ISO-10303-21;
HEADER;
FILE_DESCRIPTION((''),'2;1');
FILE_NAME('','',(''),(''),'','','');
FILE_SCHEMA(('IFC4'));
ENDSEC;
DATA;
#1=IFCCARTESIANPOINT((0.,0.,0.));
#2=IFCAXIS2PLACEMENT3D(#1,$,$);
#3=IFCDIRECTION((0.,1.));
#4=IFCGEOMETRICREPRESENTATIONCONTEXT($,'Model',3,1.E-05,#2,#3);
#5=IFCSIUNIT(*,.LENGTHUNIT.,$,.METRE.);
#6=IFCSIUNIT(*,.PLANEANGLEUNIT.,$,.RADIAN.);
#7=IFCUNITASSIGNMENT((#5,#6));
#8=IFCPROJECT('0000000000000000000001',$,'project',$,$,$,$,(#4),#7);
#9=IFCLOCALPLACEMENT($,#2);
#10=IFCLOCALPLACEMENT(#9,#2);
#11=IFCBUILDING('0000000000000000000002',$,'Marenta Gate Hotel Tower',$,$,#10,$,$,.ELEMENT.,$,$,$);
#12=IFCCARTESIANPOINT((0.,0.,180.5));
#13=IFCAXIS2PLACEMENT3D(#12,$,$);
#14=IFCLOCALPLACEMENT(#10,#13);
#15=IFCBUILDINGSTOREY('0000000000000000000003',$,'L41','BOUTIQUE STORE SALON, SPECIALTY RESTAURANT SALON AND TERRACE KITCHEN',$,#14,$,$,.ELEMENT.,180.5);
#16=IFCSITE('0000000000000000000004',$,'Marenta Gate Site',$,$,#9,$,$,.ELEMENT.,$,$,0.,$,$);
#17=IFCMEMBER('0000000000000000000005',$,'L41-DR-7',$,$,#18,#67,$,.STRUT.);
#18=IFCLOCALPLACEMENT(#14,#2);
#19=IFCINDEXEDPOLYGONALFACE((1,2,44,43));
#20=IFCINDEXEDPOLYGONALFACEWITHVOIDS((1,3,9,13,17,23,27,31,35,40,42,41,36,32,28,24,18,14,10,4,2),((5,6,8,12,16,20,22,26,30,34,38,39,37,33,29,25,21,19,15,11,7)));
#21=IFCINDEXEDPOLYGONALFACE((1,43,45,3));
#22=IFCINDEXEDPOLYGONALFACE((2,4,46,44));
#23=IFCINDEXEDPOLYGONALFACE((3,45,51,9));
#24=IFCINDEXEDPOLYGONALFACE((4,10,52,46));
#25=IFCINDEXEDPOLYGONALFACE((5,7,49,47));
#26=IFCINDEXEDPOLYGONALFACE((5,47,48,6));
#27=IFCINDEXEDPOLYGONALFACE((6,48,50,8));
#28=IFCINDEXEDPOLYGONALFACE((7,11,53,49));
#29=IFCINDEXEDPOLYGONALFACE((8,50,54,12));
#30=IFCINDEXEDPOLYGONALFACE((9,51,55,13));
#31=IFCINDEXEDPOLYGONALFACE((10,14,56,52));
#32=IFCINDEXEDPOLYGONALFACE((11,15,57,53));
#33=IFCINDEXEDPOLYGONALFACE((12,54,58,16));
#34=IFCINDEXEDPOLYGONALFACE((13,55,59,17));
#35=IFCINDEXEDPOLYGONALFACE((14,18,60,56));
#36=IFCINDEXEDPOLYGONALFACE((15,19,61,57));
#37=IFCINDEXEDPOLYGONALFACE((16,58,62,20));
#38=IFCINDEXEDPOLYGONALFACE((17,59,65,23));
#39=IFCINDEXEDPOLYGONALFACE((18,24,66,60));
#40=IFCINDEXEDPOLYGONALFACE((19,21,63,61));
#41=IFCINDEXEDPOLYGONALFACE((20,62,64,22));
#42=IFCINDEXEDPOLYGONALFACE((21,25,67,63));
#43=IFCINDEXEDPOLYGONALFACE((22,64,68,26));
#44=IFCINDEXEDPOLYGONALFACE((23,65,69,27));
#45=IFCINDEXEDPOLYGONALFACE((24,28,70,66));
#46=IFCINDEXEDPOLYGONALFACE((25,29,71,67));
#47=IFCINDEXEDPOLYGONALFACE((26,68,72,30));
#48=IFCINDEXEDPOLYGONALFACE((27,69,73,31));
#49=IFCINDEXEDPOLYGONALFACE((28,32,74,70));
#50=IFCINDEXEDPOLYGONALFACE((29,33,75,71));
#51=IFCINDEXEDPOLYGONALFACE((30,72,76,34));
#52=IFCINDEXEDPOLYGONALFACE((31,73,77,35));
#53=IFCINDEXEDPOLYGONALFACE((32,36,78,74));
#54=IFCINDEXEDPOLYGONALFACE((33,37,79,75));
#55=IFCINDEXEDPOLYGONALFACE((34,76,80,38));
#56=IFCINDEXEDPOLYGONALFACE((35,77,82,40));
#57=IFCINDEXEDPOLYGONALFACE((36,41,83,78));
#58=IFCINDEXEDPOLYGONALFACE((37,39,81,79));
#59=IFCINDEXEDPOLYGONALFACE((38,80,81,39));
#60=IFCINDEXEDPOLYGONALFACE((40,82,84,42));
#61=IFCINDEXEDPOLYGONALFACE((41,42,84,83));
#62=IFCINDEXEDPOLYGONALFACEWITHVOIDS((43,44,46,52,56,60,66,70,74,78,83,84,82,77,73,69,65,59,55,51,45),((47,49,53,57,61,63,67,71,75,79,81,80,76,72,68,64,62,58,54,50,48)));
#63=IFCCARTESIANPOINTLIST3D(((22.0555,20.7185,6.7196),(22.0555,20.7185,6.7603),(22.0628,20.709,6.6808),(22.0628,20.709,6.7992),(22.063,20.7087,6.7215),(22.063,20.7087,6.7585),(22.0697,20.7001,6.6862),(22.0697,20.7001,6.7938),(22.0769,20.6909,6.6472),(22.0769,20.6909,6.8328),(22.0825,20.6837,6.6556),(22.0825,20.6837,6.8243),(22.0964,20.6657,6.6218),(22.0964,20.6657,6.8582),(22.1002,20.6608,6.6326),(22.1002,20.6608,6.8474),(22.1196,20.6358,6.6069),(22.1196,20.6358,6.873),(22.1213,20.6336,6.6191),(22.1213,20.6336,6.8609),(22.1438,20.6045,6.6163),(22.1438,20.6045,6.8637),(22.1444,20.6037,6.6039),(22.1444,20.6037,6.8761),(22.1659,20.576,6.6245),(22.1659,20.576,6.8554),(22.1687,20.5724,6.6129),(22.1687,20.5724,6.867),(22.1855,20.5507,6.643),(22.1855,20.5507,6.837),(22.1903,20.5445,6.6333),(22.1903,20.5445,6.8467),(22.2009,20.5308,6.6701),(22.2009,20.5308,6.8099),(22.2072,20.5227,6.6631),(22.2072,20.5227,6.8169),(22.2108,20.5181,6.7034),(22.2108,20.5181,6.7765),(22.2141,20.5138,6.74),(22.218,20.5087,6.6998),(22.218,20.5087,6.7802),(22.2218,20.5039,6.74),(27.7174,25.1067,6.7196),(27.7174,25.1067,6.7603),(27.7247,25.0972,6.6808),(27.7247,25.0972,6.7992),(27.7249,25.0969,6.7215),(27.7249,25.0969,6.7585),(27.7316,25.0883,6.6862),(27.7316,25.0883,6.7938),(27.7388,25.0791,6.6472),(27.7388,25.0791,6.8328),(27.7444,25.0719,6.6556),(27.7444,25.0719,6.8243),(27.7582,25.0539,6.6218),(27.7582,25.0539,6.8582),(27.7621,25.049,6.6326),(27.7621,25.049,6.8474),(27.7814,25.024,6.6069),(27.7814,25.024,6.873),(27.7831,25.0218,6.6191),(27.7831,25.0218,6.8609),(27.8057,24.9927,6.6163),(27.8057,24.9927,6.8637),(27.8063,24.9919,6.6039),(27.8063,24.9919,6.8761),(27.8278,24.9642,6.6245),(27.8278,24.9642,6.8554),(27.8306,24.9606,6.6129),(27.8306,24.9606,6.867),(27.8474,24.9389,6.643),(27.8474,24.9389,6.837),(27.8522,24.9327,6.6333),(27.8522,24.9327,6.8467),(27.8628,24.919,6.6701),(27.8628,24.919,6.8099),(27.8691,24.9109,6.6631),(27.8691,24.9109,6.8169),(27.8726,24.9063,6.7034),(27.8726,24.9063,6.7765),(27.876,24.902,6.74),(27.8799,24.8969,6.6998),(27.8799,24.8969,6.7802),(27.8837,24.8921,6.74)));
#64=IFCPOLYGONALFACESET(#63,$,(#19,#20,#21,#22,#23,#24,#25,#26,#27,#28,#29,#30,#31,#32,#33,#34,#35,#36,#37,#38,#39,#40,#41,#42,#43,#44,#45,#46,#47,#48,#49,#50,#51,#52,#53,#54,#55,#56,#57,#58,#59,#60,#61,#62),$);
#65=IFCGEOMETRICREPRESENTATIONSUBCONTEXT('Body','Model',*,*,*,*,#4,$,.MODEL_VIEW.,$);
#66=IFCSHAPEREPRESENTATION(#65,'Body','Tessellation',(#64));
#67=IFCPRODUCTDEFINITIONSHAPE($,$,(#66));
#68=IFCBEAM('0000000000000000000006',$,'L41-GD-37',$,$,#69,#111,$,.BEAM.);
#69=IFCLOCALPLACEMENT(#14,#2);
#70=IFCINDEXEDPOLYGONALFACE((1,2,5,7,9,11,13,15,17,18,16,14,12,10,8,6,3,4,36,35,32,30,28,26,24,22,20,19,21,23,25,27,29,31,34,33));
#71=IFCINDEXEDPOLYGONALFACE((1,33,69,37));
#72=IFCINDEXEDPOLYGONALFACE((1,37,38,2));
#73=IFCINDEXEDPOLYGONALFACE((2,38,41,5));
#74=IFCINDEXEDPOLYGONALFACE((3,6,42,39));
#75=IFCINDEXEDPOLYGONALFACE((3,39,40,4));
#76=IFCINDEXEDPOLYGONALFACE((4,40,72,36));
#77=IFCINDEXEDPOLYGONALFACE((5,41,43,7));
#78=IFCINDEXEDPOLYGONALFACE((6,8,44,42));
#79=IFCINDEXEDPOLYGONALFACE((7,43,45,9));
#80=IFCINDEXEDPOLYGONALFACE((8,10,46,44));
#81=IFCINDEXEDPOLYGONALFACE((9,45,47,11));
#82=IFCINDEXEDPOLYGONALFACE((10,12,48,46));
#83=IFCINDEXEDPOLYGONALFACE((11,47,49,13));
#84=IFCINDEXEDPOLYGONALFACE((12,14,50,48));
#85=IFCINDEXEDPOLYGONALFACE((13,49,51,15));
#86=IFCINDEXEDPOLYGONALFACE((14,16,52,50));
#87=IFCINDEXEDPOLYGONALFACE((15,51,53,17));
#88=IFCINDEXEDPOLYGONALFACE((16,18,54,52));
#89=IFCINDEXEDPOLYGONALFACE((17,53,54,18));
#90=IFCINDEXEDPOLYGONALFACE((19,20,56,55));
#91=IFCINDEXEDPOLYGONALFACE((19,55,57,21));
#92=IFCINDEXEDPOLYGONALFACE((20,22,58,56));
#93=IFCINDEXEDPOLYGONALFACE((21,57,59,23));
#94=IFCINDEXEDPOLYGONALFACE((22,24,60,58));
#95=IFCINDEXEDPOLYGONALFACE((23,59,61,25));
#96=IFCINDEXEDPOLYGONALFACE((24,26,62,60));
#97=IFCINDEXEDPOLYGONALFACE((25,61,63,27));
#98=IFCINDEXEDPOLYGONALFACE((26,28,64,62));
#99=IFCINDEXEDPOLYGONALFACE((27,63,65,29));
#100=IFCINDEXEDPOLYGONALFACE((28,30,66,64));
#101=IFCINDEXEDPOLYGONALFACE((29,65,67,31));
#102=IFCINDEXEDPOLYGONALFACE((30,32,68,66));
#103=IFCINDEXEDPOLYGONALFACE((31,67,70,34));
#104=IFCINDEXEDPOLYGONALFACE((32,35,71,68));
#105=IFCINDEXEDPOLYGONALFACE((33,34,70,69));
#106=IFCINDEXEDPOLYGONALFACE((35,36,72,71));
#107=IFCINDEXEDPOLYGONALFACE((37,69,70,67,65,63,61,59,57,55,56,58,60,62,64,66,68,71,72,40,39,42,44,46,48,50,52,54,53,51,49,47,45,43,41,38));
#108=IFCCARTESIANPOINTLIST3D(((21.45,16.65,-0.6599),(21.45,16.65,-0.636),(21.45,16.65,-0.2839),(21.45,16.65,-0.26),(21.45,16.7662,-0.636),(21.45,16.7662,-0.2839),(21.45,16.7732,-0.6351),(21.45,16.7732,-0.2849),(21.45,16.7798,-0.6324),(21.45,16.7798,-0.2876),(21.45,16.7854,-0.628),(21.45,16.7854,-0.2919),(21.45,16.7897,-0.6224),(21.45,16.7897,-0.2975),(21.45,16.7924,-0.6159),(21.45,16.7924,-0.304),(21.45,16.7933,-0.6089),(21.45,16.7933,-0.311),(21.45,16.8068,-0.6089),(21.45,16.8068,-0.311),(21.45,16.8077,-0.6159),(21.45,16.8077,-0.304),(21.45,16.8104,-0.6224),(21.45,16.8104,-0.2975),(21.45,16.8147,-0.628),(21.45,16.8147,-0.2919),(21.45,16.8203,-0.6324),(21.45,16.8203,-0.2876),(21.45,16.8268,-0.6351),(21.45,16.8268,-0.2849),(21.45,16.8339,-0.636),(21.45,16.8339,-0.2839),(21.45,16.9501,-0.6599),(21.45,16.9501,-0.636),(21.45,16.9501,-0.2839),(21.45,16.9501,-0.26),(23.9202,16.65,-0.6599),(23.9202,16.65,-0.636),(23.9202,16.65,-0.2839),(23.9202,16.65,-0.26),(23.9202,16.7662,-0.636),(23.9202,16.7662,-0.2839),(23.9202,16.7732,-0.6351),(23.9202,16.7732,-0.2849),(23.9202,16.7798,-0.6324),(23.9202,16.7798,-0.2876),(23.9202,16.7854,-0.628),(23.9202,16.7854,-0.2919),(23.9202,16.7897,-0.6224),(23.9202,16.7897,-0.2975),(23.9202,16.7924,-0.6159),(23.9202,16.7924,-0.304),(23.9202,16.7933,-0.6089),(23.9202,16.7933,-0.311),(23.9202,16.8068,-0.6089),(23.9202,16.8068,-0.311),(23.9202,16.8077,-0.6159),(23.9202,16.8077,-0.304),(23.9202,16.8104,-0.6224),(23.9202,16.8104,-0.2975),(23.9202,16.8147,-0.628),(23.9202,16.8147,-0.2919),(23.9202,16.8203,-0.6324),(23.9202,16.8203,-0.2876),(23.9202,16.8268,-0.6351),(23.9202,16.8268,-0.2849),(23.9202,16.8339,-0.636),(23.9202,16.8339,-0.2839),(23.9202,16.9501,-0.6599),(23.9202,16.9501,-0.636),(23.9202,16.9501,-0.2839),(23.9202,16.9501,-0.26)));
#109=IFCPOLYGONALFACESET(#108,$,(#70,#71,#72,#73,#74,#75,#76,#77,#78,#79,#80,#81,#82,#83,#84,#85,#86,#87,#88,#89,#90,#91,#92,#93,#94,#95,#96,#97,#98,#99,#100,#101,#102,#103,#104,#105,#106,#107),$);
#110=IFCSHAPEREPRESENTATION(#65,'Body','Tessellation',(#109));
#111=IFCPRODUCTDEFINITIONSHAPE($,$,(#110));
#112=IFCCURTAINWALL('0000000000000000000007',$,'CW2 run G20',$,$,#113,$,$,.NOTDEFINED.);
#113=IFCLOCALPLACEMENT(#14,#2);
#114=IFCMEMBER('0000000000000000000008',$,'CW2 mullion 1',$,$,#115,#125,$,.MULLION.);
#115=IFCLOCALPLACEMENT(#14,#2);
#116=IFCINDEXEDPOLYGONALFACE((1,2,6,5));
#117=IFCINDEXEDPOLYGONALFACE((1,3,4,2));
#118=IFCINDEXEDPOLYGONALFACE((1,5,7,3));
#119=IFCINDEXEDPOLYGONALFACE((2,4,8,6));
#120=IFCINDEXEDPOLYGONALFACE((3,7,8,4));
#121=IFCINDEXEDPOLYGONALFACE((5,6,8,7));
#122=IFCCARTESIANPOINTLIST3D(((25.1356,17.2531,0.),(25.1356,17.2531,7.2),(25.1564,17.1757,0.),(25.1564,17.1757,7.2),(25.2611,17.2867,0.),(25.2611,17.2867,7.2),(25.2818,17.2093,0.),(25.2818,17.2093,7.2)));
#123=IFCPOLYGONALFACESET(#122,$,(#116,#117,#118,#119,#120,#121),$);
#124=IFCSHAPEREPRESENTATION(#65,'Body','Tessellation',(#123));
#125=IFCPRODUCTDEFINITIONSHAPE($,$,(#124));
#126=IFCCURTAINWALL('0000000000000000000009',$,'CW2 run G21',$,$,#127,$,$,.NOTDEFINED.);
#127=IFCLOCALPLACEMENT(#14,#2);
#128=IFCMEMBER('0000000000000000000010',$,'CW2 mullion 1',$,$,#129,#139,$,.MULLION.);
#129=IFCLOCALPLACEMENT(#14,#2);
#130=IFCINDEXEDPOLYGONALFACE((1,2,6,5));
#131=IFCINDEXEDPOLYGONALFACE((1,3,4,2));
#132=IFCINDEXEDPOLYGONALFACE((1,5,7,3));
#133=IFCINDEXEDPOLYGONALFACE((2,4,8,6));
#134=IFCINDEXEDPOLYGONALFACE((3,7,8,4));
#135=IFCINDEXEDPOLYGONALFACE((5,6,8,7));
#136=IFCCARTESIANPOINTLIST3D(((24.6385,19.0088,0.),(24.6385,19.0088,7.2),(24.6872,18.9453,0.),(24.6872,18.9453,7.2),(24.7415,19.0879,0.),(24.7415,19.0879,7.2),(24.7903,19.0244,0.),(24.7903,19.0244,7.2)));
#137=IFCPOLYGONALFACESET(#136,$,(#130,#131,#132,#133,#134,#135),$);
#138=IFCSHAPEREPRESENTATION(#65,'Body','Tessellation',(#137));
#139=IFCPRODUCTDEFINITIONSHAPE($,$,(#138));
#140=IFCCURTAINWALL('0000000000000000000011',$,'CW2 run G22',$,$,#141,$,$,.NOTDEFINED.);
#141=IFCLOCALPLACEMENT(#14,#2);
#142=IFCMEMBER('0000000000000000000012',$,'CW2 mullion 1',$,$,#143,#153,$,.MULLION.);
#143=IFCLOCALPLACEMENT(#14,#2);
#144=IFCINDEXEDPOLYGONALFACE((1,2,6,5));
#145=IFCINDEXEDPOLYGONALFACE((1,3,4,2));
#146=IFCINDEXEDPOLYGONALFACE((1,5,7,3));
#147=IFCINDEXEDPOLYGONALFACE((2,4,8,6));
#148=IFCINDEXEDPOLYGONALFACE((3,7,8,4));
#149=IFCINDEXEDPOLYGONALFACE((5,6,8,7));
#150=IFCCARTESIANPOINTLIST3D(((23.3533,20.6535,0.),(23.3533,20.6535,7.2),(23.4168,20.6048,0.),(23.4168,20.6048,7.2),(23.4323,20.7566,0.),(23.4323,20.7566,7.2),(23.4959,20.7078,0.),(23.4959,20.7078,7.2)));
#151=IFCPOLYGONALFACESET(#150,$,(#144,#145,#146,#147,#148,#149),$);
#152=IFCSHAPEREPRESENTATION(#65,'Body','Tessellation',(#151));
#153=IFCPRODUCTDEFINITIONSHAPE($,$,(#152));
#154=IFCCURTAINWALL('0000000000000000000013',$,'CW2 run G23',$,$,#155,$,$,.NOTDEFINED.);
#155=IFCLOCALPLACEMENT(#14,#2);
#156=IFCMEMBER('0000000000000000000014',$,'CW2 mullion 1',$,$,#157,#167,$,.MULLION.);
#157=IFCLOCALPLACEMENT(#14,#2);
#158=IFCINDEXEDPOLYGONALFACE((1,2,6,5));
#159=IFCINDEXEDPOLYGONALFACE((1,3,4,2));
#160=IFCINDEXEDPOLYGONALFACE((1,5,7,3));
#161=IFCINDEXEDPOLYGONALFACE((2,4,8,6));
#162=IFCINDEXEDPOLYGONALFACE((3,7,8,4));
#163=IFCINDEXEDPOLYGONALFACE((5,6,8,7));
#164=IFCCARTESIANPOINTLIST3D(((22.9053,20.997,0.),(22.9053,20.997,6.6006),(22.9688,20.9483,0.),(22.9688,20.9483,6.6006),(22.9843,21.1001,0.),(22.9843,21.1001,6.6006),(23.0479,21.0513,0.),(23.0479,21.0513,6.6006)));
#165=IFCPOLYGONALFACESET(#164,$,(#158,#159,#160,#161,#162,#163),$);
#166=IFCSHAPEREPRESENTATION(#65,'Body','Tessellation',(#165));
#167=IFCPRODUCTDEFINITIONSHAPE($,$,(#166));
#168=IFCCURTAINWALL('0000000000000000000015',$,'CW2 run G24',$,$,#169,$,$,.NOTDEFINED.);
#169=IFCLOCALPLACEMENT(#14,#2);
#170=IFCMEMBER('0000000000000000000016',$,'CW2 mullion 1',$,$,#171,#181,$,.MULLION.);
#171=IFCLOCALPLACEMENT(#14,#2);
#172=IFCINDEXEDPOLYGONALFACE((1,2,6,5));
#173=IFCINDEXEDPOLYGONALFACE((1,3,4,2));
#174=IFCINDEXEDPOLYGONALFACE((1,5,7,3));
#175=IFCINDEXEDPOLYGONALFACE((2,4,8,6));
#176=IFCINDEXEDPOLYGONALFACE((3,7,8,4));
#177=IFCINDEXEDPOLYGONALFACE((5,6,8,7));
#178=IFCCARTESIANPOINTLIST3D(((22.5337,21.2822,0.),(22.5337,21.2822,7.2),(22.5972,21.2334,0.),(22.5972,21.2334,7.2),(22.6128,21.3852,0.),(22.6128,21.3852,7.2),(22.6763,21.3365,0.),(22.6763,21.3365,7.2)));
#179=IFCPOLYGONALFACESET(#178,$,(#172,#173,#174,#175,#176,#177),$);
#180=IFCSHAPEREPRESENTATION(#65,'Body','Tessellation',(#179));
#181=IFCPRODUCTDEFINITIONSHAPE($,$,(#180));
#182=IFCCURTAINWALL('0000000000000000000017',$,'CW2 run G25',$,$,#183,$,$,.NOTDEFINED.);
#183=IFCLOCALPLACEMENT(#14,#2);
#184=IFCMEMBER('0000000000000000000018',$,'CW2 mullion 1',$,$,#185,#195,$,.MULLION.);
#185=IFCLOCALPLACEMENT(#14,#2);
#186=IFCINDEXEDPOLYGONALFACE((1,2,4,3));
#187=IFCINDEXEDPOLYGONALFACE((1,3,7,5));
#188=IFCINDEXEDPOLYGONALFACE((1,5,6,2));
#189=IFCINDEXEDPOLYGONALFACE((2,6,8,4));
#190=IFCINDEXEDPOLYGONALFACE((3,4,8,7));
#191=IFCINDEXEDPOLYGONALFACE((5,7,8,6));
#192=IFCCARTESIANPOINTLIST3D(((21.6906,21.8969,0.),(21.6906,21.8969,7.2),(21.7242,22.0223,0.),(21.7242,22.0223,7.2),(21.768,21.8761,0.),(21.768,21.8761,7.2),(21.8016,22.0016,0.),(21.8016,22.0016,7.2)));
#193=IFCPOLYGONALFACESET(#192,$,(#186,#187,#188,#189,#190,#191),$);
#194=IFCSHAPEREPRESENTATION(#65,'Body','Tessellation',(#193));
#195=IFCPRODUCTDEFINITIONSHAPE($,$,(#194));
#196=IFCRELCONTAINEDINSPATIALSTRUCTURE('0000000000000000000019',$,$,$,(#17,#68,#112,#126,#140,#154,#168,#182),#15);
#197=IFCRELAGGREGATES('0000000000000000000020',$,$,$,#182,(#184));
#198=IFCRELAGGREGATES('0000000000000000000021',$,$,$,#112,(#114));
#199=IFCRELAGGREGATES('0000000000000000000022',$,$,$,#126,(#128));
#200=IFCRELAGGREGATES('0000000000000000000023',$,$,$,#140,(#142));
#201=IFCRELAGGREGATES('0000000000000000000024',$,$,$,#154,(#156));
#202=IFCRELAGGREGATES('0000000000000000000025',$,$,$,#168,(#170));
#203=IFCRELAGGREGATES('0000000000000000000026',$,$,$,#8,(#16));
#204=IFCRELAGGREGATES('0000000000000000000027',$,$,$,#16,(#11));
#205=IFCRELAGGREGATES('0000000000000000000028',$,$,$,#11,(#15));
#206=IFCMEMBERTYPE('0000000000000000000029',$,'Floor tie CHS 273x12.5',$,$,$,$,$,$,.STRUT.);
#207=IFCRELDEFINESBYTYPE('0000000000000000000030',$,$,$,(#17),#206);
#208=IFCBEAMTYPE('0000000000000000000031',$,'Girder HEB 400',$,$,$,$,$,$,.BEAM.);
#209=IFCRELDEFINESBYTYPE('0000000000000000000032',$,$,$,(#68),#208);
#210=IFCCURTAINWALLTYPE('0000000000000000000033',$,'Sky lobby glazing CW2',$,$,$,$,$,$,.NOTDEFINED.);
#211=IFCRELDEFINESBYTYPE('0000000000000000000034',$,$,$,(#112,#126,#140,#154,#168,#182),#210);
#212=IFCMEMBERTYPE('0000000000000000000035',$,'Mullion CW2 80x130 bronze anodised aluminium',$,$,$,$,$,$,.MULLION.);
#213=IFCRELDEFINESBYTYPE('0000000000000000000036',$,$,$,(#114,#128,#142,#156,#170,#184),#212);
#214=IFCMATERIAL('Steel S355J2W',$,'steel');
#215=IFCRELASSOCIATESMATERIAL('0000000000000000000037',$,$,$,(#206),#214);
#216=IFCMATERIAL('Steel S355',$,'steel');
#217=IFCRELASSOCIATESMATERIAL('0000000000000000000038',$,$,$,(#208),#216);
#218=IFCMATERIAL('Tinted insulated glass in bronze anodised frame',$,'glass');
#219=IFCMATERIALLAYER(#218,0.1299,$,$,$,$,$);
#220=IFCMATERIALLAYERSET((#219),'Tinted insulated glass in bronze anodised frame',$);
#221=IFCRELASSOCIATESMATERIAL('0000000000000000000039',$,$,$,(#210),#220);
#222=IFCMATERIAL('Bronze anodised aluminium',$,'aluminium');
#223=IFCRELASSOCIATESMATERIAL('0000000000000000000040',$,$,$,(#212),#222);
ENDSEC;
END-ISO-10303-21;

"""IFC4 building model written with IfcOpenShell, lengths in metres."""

from ifc_helpers import new_model, si_unit, direction, frame, origin, origin_2d, place, context, subcontext, project, spatial, rectangle, hollow_circle, i_section, extrude, material, layer, layer_set, material_profile, profile_set, type_object, element, aggregate, save


model = new_model("IFC4")

# Units and contexts
model_context = context("Model", 3, precision=1e-05, world=origin(), true_north=direction((0.0, 1.0)))
body_context = subcontext(model_context, "Body", "Model", "MODEL_VIEW")
ifc_project = project(units=[si_unit("LENGTHUNIT", "METRE"), si_unit("PLANEANGLEUNIT", "RADIAN")], contexts=[model_context])

# Site, building, storey
site_placement = place(None, origin())
site = spatial("IfcSite", under=ifc_project, at=site_placement, Name="Marenta Gate Site", CompositionType="ELEMENT", RefElevation=0.0)
building_placement = place(site_placement, origin())
building = spatial("IfcBuilding", under=site, at=building_placement, Name="Marenta Gate Hotel Tower", CompositionType="ELEMENT")
storey_placement = place(building_placement, frame((0.0, 0.0, 180.5)))
storey = spatial("IfcBuildingStorey", under=building, at=storey_placement, Name="L41", Description="BOUTIQUE STORE SALON, SPECIALTY RESTAURANT SALON AND TERRACE KITCHEN", CompositionType="ELEMENT", Elevation=180.5)

# Member
ifc_material_1 = material(Name="Steel S355J2W", Category="steel")
ifc_material_profile_1 = material_profile(ifc_material_1, hollow_circle(Radius=0.1365, WallThickness=0.0125, at=origin_2d()), Name="CHS 273x12.5")
ifc_profile_set_1 = profile_set([ifc_material_profile_1], Name="Steel S355J2W")
member_type_1 = type_object("IfcMemberType", Name="Floor tie CHS 273x12.5", PredefinedType="STRUT", material=ifc_profile_set_1)
member_1_placement = place(storey_placement, frame((27.8, 25.0, 6.74), z_axis=(-0.790399, -0.612592, 0.0), x_axis=(0.612592, -0.790399, 0.0)))
element("IfcMember", 1, at=member_1_placement, inside=storey, type_object=member_type_1, Name="L41-DR-7", PredefinedType="STRUT", context=body_context, shape_type="SweptSolid", body=[
    extrude(hollow_circle(Radius=0.1365, WallThickness=0.0125, at=origin_2d()), origin(), (0.0, 0.0, 1.0), 7.1633),
])

# Beam
ifc_material_2 = material(Name="Steel S355", Category="steel")
ifc_material_profile_2 = material_profile(ifc_material_2, i_section(OverallWidth=0.3, OverallDepth=0.3999, WebThickness=0.0134, FlangeThickness=0.0239, FilletRadius=0.0271, at=origin_2d()), Name="HEB 400")
ifc_profile_set_2 = profile_set([ifc_material_profile_2], Name="Steel S355")
beam_type_1 = type_object("IfcBeamType", Name="Girder HEB 400", PredefinedType="BEAM", material=ifc_profile_set_2)
beam_1_placement = place(storey_placement, frame((21.45, 16.8, -0.46), z_axis=(1.0, 0.0, 0.0), x_axis=(0.0, 1.0, 0.0)))
element("IfcBeam", 2, at=beam_1_placement, inside=storey, type_object=beam_type_1, Name="L41-GD-37", PredefinedType="BEAM", context=body_context, shape_type="SweptSolid", body=[
    extrude(i_section(OverallWidth=0.3, OverallDepth=0.3999, WebThickness=0.0134, FlangeThickness=0.0239, FilletRadius=0.0271, at=origin_2d()), origin(), (0.0, 0.0, 1.0), 2.4702),
])

# Curtain walls, members
ifc_material_3 = material(Name="Tinted insulated glass in bronze anodised frame", Category="glass")
ifc_layer_1 = layer(ifc_material_3, 0.1299)
ifc_layer_set_1 = layer_set([ifc_layer_1], Name="Tinted insulated glass in bronze anodised frame")
curtain_wall_type = type_object("IfcCurtainWallType", Name="Sky lobby glazing CW2", PredefinedType="NOTDEFINED", material=ifc_layer_set_1)
curtain_wall_1_placement = place(storey_placement, origin())
curtain_wall_1 = element("IfcCurtainWall", 3, at=curtain_wall_1_placement, inside=storey, type_object=curtain_wall_type, Name="CW2 run G20", PredefinedType="NOTDEFINED")
ifc_material_4 = material(Name="Bronze anodised aluminium", Category="aluminium")
ifc_material_profile_3 = material_profile(ifc_material_4, rectangle(XDim=0.1299, YDim=0.0801, at=origin_2d()), Name="Mullion CW2 80x130 bronze anodised aluminium")
ifc_profile_set_3 = profile_set([ifc_material_profile_3], Name="Bronze anodised aluminium")
member_type_2 = type_object("IfcMemberType", Name="Mullion CW2 80x130 bronze anodised aluminium", PredefinedType="MULLION", material=ifc_profile_set_3)
member_2_placement = place(storey_placement, frame((25.2087, 17.2312, 0.0), z_axis=(0.0, 0.0, 1.0), x_axis=(-0.965932, -0.258796, 0.0)))
member_2 = element("IfcMember", 4, at=member_2_placement, type_object=member_type_2, Name="CW2 mullion 1", PredefinedType="MULLION", context=body_context, shape_type="SweptSolid", body=[
    extrude(rectangle(XDim=0.1299, YDim=0.0801, at=origin_2d()), origin(), (0.0, 0.0, 1.0), 7.2),
])
curtain_wall_2_placement = place(storey_placement, origin())
curtain_wall_2 = element("IfcCurtainWall", 5, at=curtain_wall_2_placement, inside=storey, type_object=curtain_wall_type, Name="CW2 run G21", PredefinedType="NOTDEFINED")
member_3_placement = place(storey_placement, frame((24.7144, 19.0166, 0.0), z_axis=(0.0, 0.0, 1.0), x_axis=(-0.793333, -0.608788, 0.0)))
member_3 = element("IfcMember", 6, at=member_3_placement, type_object=member_type_2, Name="CW2 mullion 1", PredefinedType="MULLION", context=body_context, shape_type="SweptSolid", body=[
    extrude(rectangle(XDim=0.1299, YDim=0.0801, at=origin_2d()), origin(), (0.0, 0.0, 1.0), 7.2),
])
curtain_wall_3_placement = place(storey_placement, origin())
curtain_wall_3 = element("IfcCurtainWall", 7, at=curtain_wall_3_placement, inside=storey, type_object=curtain_wall_type, Name="CW2 run G22", PredefinedType="NOTDEFINED")
member_4_placement = place(storey_placement, frame((23.4246, 20.6807, 0.0), z_axis=(0.0, 0.0, 1.0), x_axis=(-0.608751, -0.793361, 0.0)))
member_4 = element("IfcMember", 8, at=member_4_placement, type_object=member_type_2, Name="CW2 mullion 1", PredefinedType="MULLION", context=body_context, shape_type="SweptSolid", body=[
    extrude(rectangle(XDim=0.1299, YDim=0.0801, at=origin_2d()), origin(), (0.0, 0.0, 1.0), 7.2),
])
curtain_wall_4_placement = place(storey_placement, origin())
curtain_wall_4 = element("IfcCurtainWall", 9, at=curtain_wall_4_placement, inside=storey, type_object=curtain_wall_type, Name="CW2 run G23", PredefinedType="NOTDEFINED")
member_5_placement = place(storey_placement, frame((22.9766, 21.0242, 0.0), z_axis=(0.0, 0.0, 1.0), x_axis=(-0.608844, -0.79329, 0.0)))
member_5 = element("IfcMember", 10, at=member_5_placement, type_object=member_type_2, Name="CW2 mullion 1", PredefinedType="MULLION", context=body_context, shape_type="SweptSolid", body=[
    extrude(rectangle(XDim=0.1299, YDim=0.0801, at=origin_2d()), origin(), (0.0, 0.0, 1.0), 6.6006),
])
curtain_wall_5_placement = place(storey_placement, origin())
curtain_wall_5 = element("IfcCurtainWall", 11, at=curtain_wall_5_placement, inside=storey, type_object=curtain_wall_type, Name="CW2 run G24", PredefinedType="NOTDEFINED")
member_6_placement = place(storey_placement, frame((22.605, 21.3093, 0.0), z_axis=(0.0, 0.0, 1.0), x_axis=(-0.608783, -0.793337, 0.0)))
member_6 = element("IfcMember", 12, at=member_6_placement, type_object=member_type_2, Name="CW2 mullion 1", PredefinedType="MULLION", context=body_context, shape_type="SweptSolid", body=[
    extrude(rectangle(XDim=0.1299, YDim=0.0801, at=origin_2d()), origin(), (0.0, 0.0, 1.0), 7.2),
])
curtain_wall_6_placement = place(storey_placement, origin())
curtain_wall_6 = element("IfcCurtainWall", 13, at=curtain_wall_6_placement, inside=storey, type_object=curtain_wall_type, Name="CW2 run G25", PredefinedType="NOTDEFINED")
member_7_placement = place(storey_placement, frame((21.7461, 21.9492, 0.0), z_axis=(0.0, 0.0, 1.0), x_axis=(-0.258781, -0.965936, 0.0)))
member_7 = element("IfcMember", 14, at=member_7_placement, type_object=member_type_2, Name="CW2 mullion 1", PredefinedType="MULLION", context=body_context, shape_type="SweptSolid", body=[
    extrude(rectangle(XDim=0.1299, YDim=0.0801, at=origin_2d()), origin(), (0.0, 0.0, 1.0), 7.2),
])

aggregate(curtain_wall_6, [member_7])

aggregate(curtain_wall_1, [member_2])
aggregate(curtain_wall_2, [member_3])
aggregate(curtain_wall_3, [member_4])
aggregate(curtain_wall_4, [member_5])
aggregate(curtain_wall_5, [member_6])

save(model, "model.ifc")
